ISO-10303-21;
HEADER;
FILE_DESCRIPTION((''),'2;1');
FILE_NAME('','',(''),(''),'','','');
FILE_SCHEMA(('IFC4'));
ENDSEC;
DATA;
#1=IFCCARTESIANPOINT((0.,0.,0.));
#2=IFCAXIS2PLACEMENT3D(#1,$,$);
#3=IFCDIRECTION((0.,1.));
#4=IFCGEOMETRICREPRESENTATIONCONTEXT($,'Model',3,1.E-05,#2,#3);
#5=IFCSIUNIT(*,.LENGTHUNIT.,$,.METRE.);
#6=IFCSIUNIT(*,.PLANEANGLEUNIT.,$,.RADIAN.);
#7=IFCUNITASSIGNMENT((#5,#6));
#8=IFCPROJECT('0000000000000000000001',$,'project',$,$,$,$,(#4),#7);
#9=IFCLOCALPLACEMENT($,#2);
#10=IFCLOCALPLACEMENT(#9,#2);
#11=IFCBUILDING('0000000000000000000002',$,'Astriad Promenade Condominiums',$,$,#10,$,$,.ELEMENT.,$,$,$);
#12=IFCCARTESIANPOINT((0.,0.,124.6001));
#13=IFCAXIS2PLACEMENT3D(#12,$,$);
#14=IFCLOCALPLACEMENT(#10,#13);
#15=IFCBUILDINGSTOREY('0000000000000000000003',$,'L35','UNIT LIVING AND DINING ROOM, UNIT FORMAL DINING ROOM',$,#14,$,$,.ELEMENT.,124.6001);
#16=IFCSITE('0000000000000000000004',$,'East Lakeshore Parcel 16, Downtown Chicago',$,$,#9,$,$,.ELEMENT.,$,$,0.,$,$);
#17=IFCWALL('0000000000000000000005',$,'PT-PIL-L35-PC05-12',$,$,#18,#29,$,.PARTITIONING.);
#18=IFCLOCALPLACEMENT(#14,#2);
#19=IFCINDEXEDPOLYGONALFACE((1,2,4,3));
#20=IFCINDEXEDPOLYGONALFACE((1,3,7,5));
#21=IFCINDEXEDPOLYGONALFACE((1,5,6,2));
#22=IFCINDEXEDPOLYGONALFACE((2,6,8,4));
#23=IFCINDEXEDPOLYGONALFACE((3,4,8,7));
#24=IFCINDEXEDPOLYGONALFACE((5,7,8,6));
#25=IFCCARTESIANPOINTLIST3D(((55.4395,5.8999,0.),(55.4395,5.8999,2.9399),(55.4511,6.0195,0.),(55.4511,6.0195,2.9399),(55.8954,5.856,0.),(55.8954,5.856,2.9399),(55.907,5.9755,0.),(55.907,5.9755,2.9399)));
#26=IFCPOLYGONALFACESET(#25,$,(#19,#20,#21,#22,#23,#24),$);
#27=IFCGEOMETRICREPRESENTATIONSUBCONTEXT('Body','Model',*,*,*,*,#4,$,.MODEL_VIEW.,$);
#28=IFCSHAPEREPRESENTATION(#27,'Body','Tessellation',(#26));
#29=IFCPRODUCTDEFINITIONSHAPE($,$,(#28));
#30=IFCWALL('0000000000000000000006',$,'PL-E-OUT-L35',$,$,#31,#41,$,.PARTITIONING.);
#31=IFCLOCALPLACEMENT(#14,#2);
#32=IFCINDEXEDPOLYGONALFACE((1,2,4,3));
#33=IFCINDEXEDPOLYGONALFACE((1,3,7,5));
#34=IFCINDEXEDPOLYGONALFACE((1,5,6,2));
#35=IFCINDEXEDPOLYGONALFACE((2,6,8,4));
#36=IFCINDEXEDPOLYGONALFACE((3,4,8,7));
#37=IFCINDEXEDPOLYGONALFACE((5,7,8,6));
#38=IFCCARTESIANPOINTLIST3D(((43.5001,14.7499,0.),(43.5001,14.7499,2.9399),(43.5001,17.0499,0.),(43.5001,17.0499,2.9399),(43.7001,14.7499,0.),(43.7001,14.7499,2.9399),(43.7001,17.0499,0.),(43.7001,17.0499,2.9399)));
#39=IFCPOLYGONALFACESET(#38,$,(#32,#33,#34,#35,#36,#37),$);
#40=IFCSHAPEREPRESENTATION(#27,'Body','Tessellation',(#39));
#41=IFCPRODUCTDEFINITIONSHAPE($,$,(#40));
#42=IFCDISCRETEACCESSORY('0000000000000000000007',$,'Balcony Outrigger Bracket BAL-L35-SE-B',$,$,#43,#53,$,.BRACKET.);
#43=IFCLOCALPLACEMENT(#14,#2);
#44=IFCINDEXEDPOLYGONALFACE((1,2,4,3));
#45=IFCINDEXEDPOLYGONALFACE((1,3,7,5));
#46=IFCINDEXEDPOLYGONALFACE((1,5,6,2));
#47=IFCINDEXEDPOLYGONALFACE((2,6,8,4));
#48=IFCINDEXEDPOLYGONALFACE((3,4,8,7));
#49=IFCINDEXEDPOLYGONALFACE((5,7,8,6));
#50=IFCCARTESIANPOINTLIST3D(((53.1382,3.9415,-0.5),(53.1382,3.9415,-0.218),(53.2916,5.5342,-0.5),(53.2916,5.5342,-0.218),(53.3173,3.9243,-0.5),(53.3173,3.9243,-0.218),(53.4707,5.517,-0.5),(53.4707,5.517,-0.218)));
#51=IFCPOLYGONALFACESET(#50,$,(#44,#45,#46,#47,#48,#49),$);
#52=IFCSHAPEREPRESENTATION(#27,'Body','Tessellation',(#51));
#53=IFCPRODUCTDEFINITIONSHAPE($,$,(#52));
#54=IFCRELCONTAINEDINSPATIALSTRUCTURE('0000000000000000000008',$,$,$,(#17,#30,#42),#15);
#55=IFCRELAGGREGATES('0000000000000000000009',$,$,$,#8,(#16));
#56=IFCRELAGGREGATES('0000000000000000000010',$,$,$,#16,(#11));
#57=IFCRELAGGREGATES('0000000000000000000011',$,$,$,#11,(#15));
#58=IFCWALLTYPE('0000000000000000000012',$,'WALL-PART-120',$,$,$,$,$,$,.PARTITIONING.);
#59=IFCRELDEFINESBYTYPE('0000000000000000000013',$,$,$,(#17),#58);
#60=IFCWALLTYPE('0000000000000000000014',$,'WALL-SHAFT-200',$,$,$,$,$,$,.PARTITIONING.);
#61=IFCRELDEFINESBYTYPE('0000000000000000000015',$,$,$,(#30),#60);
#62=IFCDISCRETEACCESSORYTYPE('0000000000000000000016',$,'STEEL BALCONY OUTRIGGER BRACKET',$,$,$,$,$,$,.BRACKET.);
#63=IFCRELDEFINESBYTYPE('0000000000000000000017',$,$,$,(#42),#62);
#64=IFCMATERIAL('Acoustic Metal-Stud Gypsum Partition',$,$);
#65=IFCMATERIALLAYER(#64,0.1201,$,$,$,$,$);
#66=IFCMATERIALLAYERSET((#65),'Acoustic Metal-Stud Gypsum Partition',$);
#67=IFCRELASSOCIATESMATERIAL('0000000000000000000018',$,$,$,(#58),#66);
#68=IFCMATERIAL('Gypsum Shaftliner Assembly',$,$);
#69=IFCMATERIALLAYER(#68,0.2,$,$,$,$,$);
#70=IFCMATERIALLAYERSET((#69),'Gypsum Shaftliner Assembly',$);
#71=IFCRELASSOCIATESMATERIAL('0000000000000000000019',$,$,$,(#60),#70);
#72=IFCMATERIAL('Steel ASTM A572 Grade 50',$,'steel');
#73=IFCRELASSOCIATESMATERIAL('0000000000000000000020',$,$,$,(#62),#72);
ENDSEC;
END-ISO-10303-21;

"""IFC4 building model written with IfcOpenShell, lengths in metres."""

from ifc_helpers import new_model, si_unit, direction, frame, frame_2d, origin, origin_2d, place, context, subcontext, project, spatial, rectangle, extrude, source, transform, mapped, material, layer, layer_set, type_object, type_shapes, element, save


model = new_model("IFC4")

# Units and contexts
model_context = context("Model", 3, precision=1e-05, world=origin(), true_north=direction((0.0, 1.0)))
body_context = subcontext(model_context, "Body", "Model", "MODEL_VIEW")
ifc_project = project(units=[si_unit("LENGTHUNIT", "METRE"), si_unit("PLANEANGLEUNIT", "RADIAN")], contexts=[model_context])

# Site, building, storey
site_placement = place(None, origin())
site = spatial("IfcSite", under=ifc_project, at=site_placement, Name="East Lakeshore Parcel 16, Downtown Chicago", CompositionType="ELEMENT", RefElevation=0.0)
building_placement = place(site_placement, origin())
building = spatial("IfcBuilding", under=site, at=building_placement, Name="Astriad Promenade Condominiums", CompositionType="ELEMENT")
storey_placement = place(building_placement, frame((0.0, 0.0, 124.6001)))
storey = spatial("IfcBuildingStorey", under=building, at=storey_placement, Name="L35", Description="UNIT LIVING AND DINING ROOM, UNIT FORMAL DINING ROOM", CompositionType="ELEMENT", Elevation=124.6001)

# Shared definitions
ifc_material_1 = material(Name="Acoustic Metal-Stud Gypsum Partition")
ifc_layer_1 = layer(ifc_material_1, 0.1201)
ifc_layer_set_1 = layer_set([ifc_layer_1], Name="Acoustic Metal-Stud Gypsum Partition")
wall_type_1 = type_object("IfcWallType", Name="WALL-PART-120", PredefinedType="PARTITIONING", material=ifc_layer_set_1)

# Walls
wall_1_placement = place(storey_placement, frame((55.4453, 5.9597, 0.0), z_axis=(0.0, 0.0, 1.0), x_axis=(0.995385, -0.095966, 0.0)))
element("IfcWall", 1, at=wall_1_placement, inside=storey, type_object=wall_type_1, Name="PT-PIL-L35-PC05-12", PredefinedType="PARTITIONING", context=body_context, shape_type="SweptSolid", body=[
    extrude(rectangle(XDim=0.458, YDim=0.1201, at=frame_2d((0.229, 0.0))), origin(), (0.0, 0.0, 1.0), 2.9399),
])
ifc_material_2 = material(Name="Gypsum Shaftliner Assembly")
ifc_layer_2 = layer(ifc_material_2, 0.2)
ifc_layer_set_2 = layer_set([ifc_layer_2], Name="Gypsum Shaftliner Assembly")
wall_type_2 = type_object("IfcWallType", Name="WALL-SHAFT-200", PredefinedType="PARTITIONING", material=ifc_layer_set_2)
wall_2_placement = place(storey_placement, frame((43.6001, 14.75, 0.0), z_axis=(0.0, 0.0, 1.0), x_axis=(0.0, 1.0, 0.0)))
element("IfcWall", 2, at=wall_2_placement, inside=storey, type_object=wall_type_2, Name="PL-E-OUT-L35", PredefinedType="PARTITIONING", context=body_context, shape_type="SweptSolid", body=[
    extrude(rectangle(XDim=2.3, YDim=0.2, at=frame_2d((1.1499, 0.0))), origin(), (0.0, 0.0, 1.0), 2.9399),
])

# Discrete accessory
ifc_material_3 = material(Name="Steel ASTM A572 Grade 50", Category="steel")
discrete_accessory_type = type_object("IfcDiscreteAccessoryType", Name="STEEL BALCONY OUTRIGGER BRACKET", PredefinedType="BRACKET", material=ifc_material_3)
shared_shape_1 = source(origin(), body_context, "Body", "SweptSolid", [
    extrude(rectangle(XDim=1.6001, YDim=0.1799, at=origin_2d()), origin(), (0.0, 0.0, 1.0), 0.282),
])
type_shapes(discrete_accessory_type, [shared_shape_1])
discrete_accessory_placement = place(storey_placement, frame((53.3044, 4.7292, -0.5), z_axis=(0.0, 0.0, 1.0), x_axis=(-0.095846, -0.995396, 0.0)))
element("IfcDiscreteAccessory", 3, at=discrete_accessory_placement, inside=storey, type_object=discrete_accessory_type, Name="Balcony Outrigger Bracket BAL-L35-SE-B", PredefinedType="BRACKET", context=body_context, shape_type="MappedRepresentation", body=[
    mapped(shared_shape_1, transform((0.0, 0.0, 0.0), scale=1.0)),
])

save(model, "model.ifc")
